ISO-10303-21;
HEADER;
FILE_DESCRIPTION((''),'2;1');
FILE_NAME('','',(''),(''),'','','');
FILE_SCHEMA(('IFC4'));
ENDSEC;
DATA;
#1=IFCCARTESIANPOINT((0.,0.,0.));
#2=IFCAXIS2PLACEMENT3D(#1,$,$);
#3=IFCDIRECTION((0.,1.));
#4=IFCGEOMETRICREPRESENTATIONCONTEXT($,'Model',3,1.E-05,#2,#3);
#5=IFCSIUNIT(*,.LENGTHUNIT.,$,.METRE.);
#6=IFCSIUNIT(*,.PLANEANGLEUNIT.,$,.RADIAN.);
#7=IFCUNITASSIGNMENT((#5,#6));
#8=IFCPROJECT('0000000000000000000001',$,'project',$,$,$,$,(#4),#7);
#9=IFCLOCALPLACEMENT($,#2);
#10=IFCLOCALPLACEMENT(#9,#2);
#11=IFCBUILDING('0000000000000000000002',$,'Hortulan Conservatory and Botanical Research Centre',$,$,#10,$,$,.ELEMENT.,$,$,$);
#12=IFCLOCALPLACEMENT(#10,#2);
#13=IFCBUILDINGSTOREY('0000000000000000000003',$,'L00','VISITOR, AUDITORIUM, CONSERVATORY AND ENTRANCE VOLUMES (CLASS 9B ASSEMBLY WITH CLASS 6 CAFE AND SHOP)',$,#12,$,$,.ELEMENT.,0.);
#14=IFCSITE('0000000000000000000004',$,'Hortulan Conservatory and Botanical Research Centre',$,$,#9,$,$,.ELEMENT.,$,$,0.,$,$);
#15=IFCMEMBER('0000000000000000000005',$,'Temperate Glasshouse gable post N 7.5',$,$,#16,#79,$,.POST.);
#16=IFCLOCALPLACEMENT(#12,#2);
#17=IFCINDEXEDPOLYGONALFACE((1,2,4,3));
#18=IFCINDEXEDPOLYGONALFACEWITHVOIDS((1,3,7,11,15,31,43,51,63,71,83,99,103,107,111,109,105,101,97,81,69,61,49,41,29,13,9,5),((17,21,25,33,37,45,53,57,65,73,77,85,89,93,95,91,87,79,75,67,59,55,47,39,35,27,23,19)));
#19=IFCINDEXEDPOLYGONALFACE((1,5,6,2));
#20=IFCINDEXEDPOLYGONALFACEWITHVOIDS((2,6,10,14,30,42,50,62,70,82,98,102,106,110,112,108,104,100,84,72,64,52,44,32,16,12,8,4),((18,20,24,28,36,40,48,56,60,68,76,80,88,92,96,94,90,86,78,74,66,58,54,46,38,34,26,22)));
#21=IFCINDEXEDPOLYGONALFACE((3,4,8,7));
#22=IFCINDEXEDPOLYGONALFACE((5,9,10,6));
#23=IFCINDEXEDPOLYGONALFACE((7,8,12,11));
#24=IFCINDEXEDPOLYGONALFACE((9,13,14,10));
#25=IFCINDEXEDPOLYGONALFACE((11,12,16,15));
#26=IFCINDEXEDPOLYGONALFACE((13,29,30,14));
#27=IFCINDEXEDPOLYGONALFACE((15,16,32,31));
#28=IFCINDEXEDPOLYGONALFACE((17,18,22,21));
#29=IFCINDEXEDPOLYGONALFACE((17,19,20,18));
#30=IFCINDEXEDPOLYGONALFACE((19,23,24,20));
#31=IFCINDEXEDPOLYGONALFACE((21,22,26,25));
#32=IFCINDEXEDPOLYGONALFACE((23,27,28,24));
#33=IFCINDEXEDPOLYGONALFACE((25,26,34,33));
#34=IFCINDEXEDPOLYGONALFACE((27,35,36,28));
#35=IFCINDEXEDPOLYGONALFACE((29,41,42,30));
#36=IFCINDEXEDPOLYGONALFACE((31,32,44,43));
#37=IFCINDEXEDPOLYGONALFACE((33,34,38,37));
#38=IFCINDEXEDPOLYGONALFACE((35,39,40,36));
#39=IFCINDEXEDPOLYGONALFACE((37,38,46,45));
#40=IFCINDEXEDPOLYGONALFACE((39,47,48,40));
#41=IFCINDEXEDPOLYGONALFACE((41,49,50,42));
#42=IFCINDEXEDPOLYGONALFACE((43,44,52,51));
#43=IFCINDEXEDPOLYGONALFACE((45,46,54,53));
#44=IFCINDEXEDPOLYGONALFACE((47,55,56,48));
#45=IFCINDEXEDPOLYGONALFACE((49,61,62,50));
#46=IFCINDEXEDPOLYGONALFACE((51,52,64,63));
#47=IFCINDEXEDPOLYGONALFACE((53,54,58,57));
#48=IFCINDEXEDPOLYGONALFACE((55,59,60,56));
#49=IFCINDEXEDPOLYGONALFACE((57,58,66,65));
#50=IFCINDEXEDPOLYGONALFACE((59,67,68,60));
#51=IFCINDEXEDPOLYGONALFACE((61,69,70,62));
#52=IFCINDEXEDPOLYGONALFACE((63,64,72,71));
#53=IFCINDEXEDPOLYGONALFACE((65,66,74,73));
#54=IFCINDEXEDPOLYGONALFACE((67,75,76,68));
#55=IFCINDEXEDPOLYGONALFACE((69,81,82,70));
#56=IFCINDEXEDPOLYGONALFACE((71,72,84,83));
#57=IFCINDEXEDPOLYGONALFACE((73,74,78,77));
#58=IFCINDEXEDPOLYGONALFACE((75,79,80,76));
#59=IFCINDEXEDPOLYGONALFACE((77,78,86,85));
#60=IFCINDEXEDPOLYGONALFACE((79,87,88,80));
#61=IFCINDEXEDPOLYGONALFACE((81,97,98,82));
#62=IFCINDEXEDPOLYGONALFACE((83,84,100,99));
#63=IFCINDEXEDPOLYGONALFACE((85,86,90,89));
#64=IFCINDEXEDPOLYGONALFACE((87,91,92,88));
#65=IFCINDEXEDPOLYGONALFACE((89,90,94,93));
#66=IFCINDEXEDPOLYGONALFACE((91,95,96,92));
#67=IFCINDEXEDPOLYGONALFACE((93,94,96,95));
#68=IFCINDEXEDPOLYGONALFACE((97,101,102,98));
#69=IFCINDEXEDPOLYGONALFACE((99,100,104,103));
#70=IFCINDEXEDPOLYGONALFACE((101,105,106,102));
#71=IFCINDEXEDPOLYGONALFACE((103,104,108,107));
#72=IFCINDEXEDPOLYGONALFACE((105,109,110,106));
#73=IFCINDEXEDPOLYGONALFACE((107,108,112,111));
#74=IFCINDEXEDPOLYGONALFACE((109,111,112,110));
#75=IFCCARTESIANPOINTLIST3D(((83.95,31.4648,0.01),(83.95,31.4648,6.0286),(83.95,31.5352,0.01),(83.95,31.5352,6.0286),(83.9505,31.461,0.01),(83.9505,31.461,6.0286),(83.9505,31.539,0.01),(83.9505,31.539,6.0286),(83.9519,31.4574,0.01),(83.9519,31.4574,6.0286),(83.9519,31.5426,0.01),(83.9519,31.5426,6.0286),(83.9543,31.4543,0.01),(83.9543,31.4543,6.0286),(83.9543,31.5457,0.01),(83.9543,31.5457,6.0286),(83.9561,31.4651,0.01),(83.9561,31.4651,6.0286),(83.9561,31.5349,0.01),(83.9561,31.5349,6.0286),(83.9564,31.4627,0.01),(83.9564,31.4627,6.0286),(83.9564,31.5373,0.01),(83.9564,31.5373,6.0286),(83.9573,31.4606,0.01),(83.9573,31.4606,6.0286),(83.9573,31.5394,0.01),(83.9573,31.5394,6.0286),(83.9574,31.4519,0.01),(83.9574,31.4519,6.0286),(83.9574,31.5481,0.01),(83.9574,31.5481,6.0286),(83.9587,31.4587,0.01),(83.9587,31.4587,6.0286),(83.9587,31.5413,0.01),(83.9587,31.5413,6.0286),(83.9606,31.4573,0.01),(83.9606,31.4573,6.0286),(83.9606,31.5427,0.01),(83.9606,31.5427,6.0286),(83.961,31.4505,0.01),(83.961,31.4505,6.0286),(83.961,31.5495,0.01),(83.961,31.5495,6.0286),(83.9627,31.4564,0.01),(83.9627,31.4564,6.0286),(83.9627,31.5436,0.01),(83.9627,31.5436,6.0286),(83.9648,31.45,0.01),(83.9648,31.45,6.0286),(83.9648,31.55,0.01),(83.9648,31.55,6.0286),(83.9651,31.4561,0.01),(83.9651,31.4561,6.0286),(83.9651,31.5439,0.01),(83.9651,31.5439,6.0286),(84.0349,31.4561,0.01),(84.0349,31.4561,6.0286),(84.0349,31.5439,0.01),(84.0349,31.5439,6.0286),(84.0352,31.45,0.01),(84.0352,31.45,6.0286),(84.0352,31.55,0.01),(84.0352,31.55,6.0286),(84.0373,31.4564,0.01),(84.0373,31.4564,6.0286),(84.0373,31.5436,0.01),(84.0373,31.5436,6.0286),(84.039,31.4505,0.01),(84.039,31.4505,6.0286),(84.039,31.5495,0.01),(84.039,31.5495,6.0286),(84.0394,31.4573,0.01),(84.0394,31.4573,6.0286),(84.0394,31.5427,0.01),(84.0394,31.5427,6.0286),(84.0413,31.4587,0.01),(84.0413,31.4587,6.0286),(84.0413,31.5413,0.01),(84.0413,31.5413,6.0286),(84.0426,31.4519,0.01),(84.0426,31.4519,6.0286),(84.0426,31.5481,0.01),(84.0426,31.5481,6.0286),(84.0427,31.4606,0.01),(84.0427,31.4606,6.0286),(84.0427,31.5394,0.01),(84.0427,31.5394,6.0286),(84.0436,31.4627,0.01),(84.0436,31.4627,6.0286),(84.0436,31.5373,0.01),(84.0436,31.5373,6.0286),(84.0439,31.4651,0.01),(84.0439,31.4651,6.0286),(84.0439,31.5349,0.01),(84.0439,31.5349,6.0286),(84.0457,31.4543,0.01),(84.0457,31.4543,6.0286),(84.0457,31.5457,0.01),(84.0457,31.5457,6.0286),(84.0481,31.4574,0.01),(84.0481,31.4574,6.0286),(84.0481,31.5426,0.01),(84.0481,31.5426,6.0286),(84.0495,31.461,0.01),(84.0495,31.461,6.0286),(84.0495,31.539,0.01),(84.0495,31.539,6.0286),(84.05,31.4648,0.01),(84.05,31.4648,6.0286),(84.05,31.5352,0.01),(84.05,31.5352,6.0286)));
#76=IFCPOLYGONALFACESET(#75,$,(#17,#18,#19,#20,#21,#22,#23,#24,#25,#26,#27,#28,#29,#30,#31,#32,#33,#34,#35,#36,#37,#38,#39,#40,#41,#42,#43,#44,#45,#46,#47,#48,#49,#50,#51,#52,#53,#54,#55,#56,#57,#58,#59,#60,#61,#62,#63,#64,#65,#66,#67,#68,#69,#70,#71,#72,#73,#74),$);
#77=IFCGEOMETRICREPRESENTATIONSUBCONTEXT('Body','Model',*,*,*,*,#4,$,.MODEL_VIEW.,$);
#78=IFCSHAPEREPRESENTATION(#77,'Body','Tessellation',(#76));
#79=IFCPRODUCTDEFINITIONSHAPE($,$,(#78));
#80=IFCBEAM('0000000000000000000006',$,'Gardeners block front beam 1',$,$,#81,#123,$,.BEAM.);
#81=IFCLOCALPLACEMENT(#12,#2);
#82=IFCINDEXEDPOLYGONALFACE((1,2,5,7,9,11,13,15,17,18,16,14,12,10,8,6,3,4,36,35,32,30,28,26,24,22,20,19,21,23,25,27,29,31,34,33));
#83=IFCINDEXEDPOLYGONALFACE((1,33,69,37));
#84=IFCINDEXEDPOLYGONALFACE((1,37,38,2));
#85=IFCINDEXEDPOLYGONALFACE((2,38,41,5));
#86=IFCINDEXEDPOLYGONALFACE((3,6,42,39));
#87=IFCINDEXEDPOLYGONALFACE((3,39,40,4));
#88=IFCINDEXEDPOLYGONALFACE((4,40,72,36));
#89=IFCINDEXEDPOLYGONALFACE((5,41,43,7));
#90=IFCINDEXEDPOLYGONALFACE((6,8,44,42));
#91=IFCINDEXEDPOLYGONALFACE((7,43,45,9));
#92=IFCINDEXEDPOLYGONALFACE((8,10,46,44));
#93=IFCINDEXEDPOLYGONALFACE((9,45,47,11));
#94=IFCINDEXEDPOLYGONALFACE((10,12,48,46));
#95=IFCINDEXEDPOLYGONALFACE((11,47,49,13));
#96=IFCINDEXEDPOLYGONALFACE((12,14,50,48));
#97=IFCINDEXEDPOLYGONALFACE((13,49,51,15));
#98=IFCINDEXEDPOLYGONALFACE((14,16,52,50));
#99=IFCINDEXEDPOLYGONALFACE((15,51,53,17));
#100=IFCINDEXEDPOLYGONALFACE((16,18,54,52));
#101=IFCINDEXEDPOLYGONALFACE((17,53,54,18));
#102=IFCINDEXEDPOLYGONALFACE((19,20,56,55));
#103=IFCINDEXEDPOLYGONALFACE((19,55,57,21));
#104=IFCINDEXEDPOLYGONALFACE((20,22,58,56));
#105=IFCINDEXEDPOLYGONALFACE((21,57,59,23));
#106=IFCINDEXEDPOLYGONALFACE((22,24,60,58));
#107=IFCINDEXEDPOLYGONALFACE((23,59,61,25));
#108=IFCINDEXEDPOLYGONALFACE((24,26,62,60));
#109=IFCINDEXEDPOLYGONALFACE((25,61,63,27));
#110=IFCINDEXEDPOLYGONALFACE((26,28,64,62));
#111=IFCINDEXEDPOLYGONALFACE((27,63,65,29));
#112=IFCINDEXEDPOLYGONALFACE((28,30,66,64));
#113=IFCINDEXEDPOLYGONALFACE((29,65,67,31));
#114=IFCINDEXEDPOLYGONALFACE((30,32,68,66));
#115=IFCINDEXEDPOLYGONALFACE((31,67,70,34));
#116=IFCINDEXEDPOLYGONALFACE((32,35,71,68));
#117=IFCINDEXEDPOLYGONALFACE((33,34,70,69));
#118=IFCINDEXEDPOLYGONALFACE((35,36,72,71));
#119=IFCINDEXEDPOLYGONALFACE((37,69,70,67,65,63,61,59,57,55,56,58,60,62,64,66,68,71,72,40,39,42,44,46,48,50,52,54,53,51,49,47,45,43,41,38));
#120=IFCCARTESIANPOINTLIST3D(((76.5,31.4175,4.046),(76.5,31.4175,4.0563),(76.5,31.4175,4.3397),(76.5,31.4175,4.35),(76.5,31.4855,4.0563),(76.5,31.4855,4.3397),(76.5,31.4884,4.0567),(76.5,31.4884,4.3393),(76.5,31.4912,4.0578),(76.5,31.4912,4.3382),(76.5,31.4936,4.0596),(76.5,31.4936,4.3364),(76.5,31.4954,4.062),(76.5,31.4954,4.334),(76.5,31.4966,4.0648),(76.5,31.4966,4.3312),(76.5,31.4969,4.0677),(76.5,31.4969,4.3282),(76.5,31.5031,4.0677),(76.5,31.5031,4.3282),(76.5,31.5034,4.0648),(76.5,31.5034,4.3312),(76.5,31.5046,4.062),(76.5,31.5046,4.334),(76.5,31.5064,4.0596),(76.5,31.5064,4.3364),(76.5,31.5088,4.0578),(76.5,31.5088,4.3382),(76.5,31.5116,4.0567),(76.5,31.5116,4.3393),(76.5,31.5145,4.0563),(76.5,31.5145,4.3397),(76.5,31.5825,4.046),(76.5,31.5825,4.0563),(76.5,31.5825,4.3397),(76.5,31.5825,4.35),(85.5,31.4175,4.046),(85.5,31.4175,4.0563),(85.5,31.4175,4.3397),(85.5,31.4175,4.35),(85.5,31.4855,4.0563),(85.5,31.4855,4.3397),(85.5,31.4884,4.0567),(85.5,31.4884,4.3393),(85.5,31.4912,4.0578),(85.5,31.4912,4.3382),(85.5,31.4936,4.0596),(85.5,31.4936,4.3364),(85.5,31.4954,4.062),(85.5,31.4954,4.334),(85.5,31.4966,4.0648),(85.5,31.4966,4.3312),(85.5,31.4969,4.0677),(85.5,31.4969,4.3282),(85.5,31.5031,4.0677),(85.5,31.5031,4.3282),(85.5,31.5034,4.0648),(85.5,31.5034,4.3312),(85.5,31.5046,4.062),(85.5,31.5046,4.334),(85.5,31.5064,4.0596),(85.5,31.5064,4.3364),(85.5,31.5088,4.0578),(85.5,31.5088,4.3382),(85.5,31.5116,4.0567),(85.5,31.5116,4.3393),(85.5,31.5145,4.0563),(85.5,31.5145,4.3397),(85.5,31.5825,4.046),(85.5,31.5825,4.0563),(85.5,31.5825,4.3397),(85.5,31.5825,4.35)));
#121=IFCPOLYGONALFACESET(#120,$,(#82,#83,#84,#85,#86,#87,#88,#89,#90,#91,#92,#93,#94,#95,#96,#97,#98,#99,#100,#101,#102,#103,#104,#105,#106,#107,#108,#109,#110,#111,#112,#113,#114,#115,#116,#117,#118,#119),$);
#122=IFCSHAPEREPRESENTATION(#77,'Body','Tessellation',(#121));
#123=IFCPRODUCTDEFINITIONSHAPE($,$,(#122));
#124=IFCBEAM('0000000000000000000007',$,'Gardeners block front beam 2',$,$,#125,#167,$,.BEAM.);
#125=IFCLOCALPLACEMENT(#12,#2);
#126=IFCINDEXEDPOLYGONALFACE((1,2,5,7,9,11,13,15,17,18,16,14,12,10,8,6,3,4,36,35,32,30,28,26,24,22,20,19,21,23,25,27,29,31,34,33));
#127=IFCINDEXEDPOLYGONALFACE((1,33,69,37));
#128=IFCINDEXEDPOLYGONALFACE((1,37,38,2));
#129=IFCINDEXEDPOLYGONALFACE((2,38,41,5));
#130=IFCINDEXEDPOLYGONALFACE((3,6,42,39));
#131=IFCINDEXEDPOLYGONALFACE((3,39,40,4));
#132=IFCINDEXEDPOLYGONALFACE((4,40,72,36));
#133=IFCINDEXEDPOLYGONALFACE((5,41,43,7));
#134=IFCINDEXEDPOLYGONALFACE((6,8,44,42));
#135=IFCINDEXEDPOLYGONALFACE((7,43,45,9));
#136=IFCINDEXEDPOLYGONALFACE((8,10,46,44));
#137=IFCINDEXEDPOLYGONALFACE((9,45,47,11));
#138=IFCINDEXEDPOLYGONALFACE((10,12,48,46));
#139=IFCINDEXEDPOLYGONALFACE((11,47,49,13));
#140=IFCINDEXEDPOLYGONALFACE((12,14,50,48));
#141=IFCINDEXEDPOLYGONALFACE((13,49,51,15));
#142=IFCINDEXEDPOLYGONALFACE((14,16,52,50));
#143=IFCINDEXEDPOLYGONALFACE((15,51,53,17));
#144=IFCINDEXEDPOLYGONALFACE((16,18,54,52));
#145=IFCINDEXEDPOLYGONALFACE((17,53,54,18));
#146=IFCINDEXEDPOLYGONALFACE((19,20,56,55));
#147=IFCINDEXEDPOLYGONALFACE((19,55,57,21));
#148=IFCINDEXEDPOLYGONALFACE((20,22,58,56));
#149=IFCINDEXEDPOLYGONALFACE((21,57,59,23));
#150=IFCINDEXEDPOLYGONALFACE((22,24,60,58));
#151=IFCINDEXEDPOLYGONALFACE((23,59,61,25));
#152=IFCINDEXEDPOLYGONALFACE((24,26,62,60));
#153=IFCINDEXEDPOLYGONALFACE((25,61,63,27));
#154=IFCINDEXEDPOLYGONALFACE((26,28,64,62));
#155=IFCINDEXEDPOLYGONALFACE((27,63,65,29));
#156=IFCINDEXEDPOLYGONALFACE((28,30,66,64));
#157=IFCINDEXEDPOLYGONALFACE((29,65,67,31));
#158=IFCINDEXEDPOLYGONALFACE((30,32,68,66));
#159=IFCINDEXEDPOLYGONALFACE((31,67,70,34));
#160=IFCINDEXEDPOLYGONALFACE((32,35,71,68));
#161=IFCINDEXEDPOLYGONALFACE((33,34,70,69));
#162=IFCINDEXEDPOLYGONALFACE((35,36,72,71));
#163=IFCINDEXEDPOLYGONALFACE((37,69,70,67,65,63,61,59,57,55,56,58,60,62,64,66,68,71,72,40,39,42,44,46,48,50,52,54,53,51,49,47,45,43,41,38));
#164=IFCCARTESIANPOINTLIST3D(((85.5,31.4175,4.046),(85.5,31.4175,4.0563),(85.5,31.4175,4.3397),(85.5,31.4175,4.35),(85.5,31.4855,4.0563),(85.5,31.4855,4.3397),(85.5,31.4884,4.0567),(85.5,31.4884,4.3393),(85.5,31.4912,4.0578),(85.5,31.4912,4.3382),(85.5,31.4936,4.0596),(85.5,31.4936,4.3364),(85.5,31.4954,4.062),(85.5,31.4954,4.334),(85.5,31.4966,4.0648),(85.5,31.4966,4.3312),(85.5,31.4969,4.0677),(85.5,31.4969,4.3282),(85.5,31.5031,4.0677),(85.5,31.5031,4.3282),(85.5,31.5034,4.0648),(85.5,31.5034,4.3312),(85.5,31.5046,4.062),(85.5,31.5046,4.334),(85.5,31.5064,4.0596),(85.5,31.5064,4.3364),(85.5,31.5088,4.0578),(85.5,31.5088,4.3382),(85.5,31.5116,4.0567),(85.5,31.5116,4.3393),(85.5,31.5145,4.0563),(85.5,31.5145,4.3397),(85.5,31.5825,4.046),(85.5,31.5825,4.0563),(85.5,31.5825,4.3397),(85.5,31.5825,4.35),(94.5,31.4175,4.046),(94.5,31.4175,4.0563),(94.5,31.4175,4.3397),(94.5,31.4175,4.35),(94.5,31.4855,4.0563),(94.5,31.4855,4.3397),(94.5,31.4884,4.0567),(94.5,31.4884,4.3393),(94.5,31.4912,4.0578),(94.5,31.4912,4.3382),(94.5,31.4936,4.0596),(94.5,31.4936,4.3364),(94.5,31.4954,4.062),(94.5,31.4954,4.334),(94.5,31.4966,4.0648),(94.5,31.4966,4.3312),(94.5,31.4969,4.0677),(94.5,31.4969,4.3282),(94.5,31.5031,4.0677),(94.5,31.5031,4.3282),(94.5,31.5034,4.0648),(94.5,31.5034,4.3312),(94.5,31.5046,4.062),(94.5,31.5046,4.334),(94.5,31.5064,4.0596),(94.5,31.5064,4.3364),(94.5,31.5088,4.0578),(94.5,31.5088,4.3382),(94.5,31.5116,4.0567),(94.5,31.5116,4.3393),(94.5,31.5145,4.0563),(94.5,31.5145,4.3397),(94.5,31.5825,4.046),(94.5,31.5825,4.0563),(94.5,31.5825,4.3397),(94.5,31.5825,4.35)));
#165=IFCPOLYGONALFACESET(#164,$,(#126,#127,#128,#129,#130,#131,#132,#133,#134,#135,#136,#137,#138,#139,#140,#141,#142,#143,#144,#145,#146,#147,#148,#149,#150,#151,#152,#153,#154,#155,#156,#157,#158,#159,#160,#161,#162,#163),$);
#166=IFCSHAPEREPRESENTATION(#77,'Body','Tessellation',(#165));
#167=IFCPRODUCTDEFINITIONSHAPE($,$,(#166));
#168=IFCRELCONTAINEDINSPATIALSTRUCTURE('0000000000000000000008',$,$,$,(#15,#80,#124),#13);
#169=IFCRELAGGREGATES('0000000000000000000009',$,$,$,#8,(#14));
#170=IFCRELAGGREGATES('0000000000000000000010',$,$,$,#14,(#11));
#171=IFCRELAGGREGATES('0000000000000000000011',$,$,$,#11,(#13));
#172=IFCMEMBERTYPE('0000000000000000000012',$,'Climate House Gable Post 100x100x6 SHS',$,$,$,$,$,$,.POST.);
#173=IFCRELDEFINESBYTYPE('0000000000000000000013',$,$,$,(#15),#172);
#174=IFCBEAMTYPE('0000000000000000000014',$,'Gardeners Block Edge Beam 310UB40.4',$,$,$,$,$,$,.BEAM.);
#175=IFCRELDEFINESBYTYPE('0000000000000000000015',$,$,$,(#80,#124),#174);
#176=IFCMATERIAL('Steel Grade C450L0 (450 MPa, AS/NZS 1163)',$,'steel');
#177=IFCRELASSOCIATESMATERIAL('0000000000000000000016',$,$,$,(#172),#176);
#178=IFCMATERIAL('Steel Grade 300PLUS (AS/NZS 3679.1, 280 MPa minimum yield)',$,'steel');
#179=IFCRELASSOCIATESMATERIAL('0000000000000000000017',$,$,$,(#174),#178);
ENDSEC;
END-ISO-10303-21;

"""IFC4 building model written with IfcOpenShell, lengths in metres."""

from ifc_helpers import new_model, si_unit, direction, frame, origin, origin_2d, place, context, subcontext, project, spatial, hollow_rectangle, i_section, extrude, material, material_profile, profile_set, type_object, element, save


model = new_model("IFC4")

# Units and contexts
model_context = context("Model", 3, precision=1e-05, world=origin(), true_north=direction((0.0, 1.0)))
body_context = subcontext(model_context, "Body", "Model", "MODEL_VIEW")
ifc_project = project(units=[si_unit("LENGTHUNIT", "METRE"), si_unit("PLANEANGLEUNIT", "RADIAN")], contexts=[model_context])

# Site, building, storey
site_placement = place(None, origin())
site = spatial("IfcSite", under=ifc_project, at=site_placement, Name="Hortulan Conservatory and Botanical Research Centre", CompositionType="ELEMENT", RefElevation=0.0)
building_placement = place(site_placement, origin())
building = spatial("IfcBuilding", under=site, at=building_placement, Name="Hortulan Conservatory and Botanical Research Centre", CompositionType="ELEMENT")
storey_placement = place(building_placement, origin())
storey = spatial("IfcBuildingStorey", under=building, at=storey_placement, Name="L00", Description="VISITOR, AUDITORIUM, CONSERVATORY AND ENTRANCE VOLUMES (CLASS 9B ASSEMBLY WITH CLASS 6 CAFE AND SHOP)", CompositionType="ELEMENT", Elevation=0.0)

# Shared definitions
ifc_material_1 = material(Name="Steel Grade 300PLUS (AS/NZS 3679.1, 280 MPa minimum yield)", Category="steel")
ifc_material_2 = material(Name="Steel Grade C450L0 (450 MPa, AS/NZS 1163)", Category="steel")

# Member
ifc_material_profile_1 = material_profile(ifc_material_2, hollow_rectangle(XDim=0.1001, YDim=0.1001, WallThickness=0.0061, InnerFilletRadius=0.009, OuterFilletRadius=0.0149, at=origin_2d()), Name="100x100x6SHS")
ifc_profile_set_1 = profile_set([ifc_material_profile_1], Name="Steel Grade C450L0 (450 MPa, AS/NZS 1163)")
member_type_1 = type_object("IfcMemberType", Name="Climate House Gable Post 100x100x6 SHS", PredefinedType="POST", material=ifc_profile_set_1)
member_1_placement = place(storey_placement, frame((84.0, 31.5, 0.01), z_axis=(0.0, 0.0, 1.0), x_axis=(1.0, 0.0, 0.0)))
element("IfcMember", 1, at=member_1_placement, inside=storey, type_object=member_type_1, Name="Temperate Glasshouse gable post N 7.5", PredefinedType="POST", context=body_context, shape_type="SweptSolid", body=[
    extrude(hollow_rectangle(XDim=0.1001, YDim=0.1001, WallThickness=0.0061, InnerFilletRadius=0.009, OuterFilletRadius=0.0149, at=origin_2d()), origin(), (0.0, 0.0, 1.0), 6.0186),
])

# Beams
ifc_material_profile_2 = material_profile(ifc_material_1, i_section(OverallWidth=0.165, OverallDepth=0.304, WebThickness=0.0061, FlangeThickness=0.0103, FilletRadius=0.0115, at=origin_2d()), Name="310UB40.4")
ifc_profile_set_2 = profile_set([ifc_material_profile_2], Name="Steel Grade 300PLUS (AS/NZS 3679.1, 280 MPa minimum yield)")
beam_type_1 = type_object("IfcBeamType", Name="Gardeners Block Edge Beam 310UB40.4", PredefinedType="BEAM", material=ifc_profile_set_2)
for number, where, z_axis, x_axis, name in (
    (2, (76.5, 31.5, 4.198), (1.0, 0.0, 0.0), (0.0, 1.0, 0.0), "Gardeners block front beam 1"),
    (3, (85.5, 31.5, 4.198), (1.0, 0.0, 0.0), (0.0, 1.0, 0.0), "Gardeners block front beam 2"),
):
    element("IfcBeam", number, at=place(storey_placement, frame(where, z_axis=z_axis, x_axis=x_axis)), inside=storey, type_object=beam_type_1, Name=name, PredefinedType="BEAM", context=body_context, shape_type="SweptSolid", body=[
        extrude(i_section(OverallWidth=0.165, OverallDepth=0.304, WebThickness=0.0061, FlangeThickness=0.0103, FilletRadius=0.0115, at=origin_2d()), origin(), (0.0, 0.0, 1.0), 9.0),
    ])

save(model, "model.ifc")
